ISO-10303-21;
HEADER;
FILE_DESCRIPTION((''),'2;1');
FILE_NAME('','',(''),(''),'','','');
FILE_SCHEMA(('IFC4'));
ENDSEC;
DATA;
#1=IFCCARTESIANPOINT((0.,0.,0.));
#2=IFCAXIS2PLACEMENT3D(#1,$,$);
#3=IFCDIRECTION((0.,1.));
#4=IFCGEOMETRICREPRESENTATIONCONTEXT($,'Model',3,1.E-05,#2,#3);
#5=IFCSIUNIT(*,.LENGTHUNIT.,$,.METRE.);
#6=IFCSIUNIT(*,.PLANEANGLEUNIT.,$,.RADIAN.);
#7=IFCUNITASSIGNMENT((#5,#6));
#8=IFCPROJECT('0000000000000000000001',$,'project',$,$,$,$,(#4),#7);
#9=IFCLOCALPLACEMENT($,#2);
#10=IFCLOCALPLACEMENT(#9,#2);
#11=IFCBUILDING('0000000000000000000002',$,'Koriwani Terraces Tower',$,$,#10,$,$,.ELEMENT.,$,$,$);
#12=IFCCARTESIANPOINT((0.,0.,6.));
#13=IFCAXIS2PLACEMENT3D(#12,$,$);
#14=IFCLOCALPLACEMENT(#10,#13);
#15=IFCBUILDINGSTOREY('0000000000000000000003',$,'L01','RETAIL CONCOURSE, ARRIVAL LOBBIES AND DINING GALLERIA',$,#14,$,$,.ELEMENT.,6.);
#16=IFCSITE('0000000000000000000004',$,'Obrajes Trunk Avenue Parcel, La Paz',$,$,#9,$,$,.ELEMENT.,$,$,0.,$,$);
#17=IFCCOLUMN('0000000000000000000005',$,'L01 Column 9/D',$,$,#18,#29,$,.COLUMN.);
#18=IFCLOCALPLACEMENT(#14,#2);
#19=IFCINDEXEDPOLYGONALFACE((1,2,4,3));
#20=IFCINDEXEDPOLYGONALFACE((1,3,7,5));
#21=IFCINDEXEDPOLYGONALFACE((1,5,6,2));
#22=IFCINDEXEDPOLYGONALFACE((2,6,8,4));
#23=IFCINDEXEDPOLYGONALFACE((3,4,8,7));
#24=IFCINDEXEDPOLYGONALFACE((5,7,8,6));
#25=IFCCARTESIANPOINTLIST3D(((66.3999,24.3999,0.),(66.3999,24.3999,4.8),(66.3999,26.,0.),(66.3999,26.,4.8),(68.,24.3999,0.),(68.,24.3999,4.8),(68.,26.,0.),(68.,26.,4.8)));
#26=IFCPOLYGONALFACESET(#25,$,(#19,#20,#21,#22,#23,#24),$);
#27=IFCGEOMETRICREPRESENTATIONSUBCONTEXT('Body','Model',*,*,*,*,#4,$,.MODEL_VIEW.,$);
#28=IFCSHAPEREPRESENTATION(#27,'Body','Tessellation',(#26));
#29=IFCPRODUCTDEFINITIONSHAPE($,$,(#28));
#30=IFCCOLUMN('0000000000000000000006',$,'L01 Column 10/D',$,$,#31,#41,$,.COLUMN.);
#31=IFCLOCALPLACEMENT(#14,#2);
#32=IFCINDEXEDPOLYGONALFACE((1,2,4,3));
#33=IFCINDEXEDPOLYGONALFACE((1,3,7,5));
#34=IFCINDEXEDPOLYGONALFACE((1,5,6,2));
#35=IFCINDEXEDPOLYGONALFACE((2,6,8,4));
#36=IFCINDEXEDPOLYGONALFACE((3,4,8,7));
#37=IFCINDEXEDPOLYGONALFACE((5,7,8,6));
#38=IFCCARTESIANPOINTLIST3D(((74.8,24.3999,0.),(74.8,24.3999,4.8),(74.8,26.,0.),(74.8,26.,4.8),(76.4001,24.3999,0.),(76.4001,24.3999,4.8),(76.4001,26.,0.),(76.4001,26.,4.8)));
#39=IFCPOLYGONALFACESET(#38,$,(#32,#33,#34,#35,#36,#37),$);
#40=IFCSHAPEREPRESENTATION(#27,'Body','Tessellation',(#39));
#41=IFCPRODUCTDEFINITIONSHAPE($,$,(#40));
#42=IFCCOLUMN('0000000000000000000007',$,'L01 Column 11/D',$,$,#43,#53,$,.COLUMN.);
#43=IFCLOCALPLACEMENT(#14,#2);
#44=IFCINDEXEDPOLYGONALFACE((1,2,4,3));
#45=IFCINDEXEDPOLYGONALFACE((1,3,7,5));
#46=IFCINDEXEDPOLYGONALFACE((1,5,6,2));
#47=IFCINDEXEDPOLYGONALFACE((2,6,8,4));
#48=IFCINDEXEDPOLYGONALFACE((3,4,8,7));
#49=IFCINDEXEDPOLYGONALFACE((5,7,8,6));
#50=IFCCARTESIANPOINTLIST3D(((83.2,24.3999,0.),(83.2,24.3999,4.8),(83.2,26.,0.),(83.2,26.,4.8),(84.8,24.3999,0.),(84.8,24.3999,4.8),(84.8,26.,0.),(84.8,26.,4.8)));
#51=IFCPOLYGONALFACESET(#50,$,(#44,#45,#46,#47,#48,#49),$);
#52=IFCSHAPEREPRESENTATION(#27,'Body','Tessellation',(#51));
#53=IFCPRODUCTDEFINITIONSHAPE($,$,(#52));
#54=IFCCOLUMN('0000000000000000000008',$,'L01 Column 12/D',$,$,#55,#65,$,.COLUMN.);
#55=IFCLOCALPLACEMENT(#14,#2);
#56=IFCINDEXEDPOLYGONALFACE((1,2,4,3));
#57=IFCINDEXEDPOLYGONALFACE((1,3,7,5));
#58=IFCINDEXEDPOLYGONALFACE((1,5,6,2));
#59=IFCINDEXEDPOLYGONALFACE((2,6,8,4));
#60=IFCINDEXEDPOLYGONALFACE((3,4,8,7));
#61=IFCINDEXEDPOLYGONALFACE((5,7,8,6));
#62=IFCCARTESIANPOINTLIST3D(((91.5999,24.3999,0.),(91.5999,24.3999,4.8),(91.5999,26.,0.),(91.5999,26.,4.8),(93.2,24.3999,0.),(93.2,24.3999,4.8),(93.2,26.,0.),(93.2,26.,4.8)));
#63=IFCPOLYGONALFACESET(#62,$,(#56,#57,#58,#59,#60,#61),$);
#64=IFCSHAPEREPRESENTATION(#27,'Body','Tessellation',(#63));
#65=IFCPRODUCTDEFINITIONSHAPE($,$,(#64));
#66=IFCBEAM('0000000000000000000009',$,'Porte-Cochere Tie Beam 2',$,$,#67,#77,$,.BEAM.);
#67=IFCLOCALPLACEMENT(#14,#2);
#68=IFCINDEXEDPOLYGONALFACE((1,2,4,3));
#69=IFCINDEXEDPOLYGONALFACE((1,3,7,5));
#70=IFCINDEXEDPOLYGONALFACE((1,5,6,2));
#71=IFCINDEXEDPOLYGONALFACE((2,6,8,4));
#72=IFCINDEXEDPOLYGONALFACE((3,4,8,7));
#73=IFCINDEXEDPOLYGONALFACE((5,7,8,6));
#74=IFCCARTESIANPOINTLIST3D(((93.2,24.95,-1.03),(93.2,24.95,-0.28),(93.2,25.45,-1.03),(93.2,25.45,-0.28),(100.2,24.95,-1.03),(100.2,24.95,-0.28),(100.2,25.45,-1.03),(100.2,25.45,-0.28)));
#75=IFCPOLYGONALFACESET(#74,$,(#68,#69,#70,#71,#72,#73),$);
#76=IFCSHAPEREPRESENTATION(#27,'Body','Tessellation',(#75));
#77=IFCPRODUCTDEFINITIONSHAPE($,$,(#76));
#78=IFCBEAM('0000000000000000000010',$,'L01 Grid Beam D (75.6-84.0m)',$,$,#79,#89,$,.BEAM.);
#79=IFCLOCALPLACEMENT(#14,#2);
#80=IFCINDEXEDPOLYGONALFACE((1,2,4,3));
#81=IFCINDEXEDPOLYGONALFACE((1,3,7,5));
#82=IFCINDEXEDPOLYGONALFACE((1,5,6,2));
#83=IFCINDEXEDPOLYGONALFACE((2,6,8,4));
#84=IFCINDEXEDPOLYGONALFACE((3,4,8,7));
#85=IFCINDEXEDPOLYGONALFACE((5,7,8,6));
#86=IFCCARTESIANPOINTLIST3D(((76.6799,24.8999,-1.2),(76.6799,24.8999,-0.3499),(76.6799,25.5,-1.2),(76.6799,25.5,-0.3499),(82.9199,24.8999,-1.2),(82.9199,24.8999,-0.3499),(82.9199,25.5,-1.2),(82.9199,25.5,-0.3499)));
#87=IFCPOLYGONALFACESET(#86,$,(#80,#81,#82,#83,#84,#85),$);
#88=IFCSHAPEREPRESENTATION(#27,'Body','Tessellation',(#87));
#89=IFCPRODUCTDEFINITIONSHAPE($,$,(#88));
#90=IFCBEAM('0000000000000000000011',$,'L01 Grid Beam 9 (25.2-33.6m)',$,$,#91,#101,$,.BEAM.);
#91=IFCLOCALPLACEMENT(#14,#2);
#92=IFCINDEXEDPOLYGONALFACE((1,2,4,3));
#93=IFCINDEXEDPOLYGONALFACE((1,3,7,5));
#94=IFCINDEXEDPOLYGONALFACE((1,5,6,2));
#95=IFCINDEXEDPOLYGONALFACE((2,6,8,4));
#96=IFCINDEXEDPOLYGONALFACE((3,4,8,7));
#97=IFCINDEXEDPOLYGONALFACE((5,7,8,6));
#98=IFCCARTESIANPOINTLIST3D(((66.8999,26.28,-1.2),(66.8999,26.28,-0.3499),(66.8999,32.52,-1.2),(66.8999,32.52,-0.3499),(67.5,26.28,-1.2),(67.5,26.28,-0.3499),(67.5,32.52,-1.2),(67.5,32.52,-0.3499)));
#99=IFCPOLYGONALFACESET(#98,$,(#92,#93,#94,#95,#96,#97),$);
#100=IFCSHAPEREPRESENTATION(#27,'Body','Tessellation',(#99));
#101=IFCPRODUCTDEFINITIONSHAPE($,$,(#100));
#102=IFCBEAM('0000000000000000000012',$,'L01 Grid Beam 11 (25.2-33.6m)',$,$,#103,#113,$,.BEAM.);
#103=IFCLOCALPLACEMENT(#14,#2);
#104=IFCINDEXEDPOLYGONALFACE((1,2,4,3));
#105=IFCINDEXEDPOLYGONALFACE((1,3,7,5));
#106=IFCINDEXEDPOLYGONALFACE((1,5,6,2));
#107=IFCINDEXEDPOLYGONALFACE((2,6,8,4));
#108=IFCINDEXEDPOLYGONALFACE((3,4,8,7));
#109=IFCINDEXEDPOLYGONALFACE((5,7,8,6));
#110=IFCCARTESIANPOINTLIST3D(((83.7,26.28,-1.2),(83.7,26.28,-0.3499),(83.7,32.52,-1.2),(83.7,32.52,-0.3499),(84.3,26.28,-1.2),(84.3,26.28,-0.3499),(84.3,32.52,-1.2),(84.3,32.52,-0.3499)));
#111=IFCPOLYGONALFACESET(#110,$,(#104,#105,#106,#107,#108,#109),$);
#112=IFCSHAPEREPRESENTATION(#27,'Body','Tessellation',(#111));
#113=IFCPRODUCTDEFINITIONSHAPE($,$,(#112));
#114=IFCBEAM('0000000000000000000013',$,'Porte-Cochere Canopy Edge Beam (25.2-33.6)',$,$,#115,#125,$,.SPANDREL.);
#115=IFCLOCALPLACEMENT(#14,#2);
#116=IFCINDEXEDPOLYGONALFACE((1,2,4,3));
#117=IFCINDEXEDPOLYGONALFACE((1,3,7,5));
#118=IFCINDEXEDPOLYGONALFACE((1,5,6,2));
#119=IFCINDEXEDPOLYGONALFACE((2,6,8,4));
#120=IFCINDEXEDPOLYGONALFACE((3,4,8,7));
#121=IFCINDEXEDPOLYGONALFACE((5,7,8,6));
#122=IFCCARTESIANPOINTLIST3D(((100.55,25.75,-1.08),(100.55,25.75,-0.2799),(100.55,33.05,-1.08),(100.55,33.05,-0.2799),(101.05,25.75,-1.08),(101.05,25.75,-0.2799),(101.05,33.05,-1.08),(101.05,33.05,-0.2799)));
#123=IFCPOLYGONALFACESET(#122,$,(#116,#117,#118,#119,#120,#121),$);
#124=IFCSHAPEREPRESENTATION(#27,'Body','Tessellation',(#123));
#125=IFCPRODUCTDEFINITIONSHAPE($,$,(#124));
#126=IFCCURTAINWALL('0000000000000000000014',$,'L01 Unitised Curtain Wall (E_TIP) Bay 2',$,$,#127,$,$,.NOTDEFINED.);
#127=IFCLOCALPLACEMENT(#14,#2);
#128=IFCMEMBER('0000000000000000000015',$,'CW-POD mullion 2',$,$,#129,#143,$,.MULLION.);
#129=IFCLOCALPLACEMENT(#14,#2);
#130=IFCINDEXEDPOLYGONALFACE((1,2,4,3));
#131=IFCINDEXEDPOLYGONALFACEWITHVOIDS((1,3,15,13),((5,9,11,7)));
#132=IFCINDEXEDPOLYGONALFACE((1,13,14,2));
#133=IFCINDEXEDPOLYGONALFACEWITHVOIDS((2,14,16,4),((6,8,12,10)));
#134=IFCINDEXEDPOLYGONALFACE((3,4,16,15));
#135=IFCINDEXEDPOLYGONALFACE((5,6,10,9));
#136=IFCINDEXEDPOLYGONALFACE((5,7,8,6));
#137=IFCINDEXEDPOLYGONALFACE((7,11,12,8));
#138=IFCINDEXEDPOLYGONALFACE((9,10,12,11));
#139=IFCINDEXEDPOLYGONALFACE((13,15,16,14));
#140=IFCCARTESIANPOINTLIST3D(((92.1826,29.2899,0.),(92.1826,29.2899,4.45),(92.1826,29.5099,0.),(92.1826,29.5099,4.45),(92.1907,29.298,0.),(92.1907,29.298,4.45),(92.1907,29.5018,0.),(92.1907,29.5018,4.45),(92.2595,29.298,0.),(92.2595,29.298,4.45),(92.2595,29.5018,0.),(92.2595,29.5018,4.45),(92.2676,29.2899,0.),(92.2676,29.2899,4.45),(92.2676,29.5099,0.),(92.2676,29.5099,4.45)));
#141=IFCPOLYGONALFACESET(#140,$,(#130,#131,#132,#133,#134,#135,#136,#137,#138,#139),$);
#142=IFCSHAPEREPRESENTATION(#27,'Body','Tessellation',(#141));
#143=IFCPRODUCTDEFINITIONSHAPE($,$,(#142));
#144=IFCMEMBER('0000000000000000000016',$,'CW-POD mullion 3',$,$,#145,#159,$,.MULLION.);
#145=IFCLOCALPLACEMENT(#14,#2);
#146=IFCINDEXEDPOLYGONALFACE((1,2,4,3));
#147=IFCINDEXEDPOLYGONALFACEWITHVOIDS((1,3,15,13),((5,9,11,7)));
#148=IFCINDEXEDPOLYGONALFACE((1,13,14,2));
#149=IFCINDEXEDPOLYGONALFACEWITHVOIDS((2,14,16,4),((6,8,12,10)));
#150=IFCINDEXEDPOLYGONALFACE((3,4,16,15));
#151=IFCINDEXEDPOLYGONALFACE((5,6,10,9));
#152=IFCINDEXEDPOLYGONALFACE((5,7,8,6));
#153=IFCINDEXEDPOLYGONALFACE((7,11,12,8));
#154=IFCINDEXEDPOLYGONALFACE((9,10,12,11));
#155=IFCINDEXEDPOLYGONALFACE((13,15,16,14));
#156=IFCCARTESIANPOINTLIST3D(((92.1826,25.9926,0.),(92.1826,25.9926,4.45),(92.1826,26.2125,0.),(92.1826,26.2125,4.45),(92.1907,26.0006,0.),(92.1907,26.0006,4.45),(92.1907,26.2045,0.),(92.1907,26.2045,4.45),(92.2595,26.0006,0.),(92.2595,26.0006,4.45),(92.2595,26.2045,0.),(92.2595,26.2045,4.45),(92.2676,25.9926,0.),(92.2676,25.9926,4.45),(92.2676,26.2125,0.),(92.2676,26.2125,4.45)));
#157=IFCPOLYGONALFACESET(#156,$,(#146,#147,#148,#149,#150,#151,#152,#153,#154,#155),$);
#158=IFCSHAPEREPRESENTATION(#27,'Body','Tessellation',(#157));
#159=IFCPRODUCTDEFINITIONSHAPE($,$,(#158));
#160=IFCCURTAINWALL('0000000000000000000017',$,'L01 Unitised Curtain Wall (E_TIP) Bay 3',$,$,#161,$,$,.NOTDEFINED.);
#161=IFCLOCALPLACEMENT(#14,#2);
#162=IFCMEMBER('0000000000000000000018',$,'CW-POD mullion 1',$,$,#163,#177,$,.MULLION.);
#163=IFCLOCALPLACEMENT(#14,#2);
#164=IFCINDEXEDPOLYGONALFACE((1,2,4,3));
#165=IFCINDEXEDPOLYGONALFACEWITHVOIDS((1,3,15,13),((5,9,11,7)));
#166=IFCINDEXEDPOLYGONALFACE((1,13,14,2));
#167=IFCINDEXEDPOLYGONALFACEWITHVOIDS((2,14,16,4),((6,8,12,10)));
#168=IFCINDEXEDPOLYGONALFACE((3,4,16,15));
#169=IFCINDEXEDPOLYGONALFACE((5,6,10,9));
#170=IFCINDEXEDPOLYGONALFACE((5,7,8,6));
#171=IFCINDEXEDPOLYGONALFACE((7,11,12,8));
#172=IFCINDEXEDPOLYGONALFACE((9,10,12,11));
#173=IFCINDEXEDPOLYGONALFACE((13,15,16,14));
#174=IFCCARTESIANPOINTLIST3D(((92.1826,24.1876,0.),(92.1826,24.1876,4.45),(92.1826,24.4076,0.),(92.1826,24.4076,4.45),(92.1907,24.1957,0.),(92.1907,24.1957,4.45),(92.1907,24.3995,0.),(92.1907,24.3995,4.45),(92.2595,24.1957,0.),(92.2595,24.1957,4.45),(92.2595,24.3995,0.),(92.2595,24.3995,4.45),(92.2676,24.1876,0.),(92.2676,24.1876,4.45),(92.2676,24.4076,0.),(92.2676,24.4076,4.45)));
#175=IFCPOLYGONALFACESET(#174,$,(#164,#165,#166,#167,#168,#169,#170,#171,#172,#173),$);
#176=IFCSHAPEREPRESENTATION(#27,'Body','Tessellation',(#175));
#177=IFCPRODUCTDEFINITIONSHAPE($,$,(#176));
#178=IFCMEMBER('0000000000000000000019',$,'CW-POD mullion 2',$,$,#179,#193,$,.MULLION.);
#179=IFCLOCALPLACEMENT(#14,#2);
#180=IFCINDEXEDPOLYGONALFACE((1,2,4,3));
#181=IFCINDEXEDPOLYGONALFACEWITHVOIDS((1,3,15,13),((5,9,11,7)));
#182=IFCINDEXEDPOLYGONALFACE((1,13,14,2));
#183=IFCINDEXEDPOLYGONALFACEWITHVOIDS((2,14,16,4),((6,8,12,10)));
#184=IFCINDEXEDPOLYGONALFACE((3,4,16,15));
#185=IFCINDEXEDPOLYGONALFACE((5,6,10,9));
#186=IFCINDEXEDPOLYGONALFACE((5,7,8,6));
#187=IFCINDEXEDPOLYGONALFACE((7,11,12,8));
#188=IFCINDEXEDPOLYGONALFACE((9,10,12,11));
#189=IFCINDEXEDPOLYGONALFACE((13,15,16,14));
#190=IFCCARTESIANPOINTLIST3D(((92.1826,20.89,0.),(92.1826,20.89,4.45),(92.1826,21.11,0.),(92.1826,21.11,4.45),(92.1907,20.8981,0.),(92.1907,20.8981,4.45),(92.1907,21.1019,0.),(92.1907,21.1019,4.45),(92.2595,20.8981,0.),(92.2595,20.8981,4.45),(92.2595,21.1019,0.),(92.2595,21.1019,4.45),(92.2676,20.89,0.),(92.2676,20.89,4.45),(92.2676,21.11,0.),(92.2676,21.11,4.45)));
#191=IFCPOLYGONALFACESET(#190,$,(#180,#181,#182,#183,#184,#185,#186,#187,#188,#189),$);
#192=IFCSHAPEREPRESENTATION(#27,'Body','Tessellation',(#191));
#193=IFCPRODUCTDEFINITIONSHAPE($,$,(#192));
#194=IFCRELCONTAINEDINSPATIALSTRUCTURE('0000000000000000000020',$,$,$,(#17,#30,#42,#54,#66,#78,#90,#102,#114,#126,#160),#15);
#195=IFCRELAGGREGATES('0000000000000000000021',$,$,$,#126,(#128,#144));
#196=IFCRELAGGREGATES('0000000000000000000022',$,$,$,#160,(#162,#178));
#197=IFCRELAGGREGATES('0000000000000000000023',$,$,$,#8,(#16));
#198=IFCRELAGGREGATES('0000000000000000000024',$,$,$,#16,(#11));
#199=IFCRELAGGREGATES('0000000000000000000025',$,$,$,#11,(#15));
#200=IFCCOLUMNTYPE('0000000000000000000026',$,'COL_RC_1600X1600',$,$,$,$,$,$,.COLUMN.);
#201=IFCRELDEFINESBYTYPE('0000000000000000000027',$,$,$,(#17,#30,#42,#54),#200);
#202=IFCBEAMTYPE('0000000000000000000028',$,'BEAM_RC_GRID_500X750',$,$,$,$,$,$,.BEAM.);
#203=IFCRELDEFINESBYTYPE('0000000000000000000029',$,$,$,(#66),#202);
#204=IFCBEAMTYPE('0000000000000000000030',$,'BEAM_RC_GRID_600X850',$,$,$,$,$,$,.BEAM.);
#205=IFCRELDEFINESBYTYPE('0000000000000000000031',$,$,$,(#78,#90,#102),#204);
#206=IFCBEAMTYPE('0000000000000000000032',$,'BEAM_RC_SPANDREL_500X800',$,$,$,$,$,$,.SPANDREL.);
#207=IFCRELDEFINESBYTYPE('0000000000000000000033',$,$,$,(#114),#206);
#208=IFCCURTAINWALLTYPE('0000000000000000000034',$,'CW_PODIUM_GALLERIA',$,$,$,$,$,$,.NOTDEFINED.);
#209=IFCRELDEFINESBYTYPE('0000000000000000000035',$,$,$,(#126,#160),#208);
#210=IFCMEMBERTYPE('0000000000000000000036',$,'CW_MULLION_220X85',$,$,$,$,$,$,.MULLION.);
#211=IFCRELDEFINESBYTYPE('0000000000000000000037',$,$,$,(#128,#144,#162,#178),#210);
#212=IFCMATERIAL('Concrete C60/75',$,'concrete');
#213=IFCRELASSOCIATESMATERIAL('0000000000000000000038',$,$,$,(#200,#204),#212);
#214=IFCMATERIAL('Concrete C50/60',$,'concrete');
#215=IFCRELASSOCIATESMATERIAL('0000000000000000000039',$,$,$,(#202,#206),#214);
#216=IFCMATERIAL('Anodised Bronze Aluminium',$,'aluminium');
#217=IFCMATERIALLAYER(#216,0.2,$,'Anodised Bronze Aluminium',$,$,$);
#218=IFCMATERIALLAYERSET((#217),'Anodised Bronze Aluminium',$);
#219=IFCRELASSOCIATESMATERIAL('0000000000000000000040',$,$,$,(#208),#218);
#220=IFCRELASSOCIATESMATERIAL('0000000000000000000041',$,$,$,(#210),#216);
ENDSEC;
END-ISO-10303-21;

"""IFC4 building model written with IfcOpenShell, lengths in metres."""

from ifc_helpers import new_model, si_unit, direction, frame, origin, origin_2d, place, context, subcontext, project, spatial, rectangle, hollow_rectangle, extrude, material, layer, layer_set, material_profile, profile_set, type_object, element, aggregate, save


model = new_model("IFC4")

# Units and contexts
model_context = context("Model", 3, precision=1e-05, world=origin(), true_north=direction((0.0, 1.0)))
body_context = subcontext(model_context, "Body", "Model", "MODEL_VIEW")
ifc_project = project(units=[si_unit("LENGTHUNIT", "METRE"), si_unit("PLANEANGLEUNIT", "RADIAN")], contexts=[model_context])

# Site, building, storey
site_placement = place(None, origin())
site = spatial("IfcSite", under=ifc_project, at=site_placement, Name="Obrajes Trunk Avenue Parcel, La Paz", CompositionType="ELEMENT", RefElevation=0.0)
building_placement = place(site_placement, origin())
building = spatial("IfcBuilding", under=site, at=building_placement, Name="Koriwani Terraces Tower", CompositionType="ELEMENT")
storey_placement = place(building_placement, frame((0.0, 0.0, 6.0)))
storey = spatial("IfcBuildingStorey", under=building, at=storey_placement, Name="L01", Description="RETAIL CONCOURSE, ARRIVAL LOBBIES AND DINING GALLERIA", CompositionType="ELEMENT", Elevation=6.0)

# Columns
ifc_material_1 = material(Name="Concrete C60/75", Category="concrete")
ifc_material_profile_1 = material_profile(ifc_material_1, rectangle(XDim=1.6001, YDim=1.6001, at=origin_2d()), Name="Concrete C60/75", Category="LoadBearing")
ifc_profile_set_1 = profile_set([ifc_material_profile_1], Name="Concrete C60/75")
column_type = type_object("IfcColumnType", Name="COL_RC_1600X1600", PredefinedType="COLUMN", material=ifc_profile_set_1)
for number, where, z_axis, x_axis, name in (
    (1, (67.2, 25.2, 0.0), (0.0, 0.0, 1.0), (1.0, 0.0, 0.0), "L01 Column 9/D"),
    (2, (75.6001, 25.2, 0.0), (0.0, 0.0, 1.0), (1.0, 0.0, 0.0), "L01 Column 10/D"),
    (3, (84.0, 25.2, 0.0), (0.0, 0.0, 1.0), (1.0, 0.0, 0.0), "L01 Column 11/D"),
    (4, (92.3999, 25.2, 0.0), (0.0, 0.0, 1.0), (1.0, 0.0, 0.0), "L01 Column 12/D"),
):
    element("IfcColumn", number, at=place(storey_placement, frame(where, z_axis=z_axis, x_axis=x_axis)), inside=storey, type_object=column_type, Name=name, PredefinedType="COLUMN", context=body_context, shape_type="SweptSolid", body=[
        extrude(rectangle(XDim=1.6001, YDim=1.6001, at=origin_2d()), origin(), (0.0, 0.0, 1.0), 4.8),
    ])

# Beams
ifc_material_2 = material(Name="Concrete C50/60", Category="concrete")
ifc_material_profile_2 = material_profile(ifc_material_2, rectangle(XDim=0.5, YDim=0.75, at=origin_2d()), Name="Concrete C50/60", Category="LoadBearing")
ifc_profile_set_2 = profile_set([ifc_material_profile_2], Name="Concrete C50/60")
beam_type_1 = type_object("IfcBeamType", Name="BEAM_RC_GRID_500X750", PredefinedType="BEAM", material=ifc_profile_set_2)
beam_1_placement = place(storey_placement, frame((93.2, 25.2, -0.655), z_axis=(1.0, 0.0, 0.0), x_axis=(0.0, 1.0, 0.0)))
element("IfcBeam", 5, at=beam_1_placement, inside=storey, type_object=beam_type_1, Name="Porte-Cochere Tie Beam 2", PredefinedType="BEAM", context=body_context, shape_type="SweptSolid", body=[
    extrude(rectangle(XDim=0.5, YDim=0.75, at=origin_2d()), origin(), (0.0, 0.0, 1.0), 7.0),
])
ifc_material_profile_3 = material_profile(ifc_material_1, rectangle(XDim=0.6001, YDim=0.8501, at=origin_2d()), Name="Concrete C60/75", Category="LoadBearing")
ifc_profile_set_3 = profile_set([ifc_material_profile_3], Name="Concrete C60/75")
beam_type_2 = type_object("IfcBeamType", Name="BEAM_RC_GRID_600X850", PredefinedType="BEAM", material=ifc_profile_set_3)
for number, where, z_axis, x_axis, name in (
    (6, (76.6799, 25.2, -0.7749), (1.0, 0.0, 0.0), (0.0, 1.0, 0.0), "L01 Grid Beam D (75.6-84.0m)"),
    (7, (67.2, 26.28, -0.7749), (0.0, 1.0, 0.0), (-1.0, 0.0, 0.0), "L01 Grid Beam 9 (25.2-33.6m)"),
    (8, (84.0, 26.28, -0.7749), (0.0, 1.0, 0.0), (-1.0, 0.0, 0.0), "L01 Grid Beam 11 (25.2-33.6m)"),
):
    element("IfcBeam", number, at=place(storey_placement, frame(where, z_axis=z_axis, x_axis=x_axis)), inside=storey, type_object=beam_type_2, Name=name, PredefinedType="BEAM", context=body_context, shape_type="SweptSolid", body=[
        extrude(rectangle(XDim=0.6001, YDim=0.8501, at=origin_2d()), origin(), (0.0, 0.0, 1.0), 6.24),
    ])
ifc_material_profile_4 = material_profile(ifc_material_2, rectangle(XDim=0.5, YDim=0.8, at=origin_2d()), Name="Concrete C50/60", Category="LoadBearing")
ifc_profile_set_4 = profile_set([ifc_material_profile_4], Name="Concrete C50/60")
beam_type_3 = type_object("IfcBeamType", Name="BEAM_RC_SPANDREL_500X800", PredefinedType="SPANDREL", material=ifc_profile_set_4)
beam_2_placement = place(storey_placement, frame((100.8, 25.75, -0.6799), z_axis=(0.0, 1.0, 0.0), x_axis=(-1.0, 0.0, 0.0)))
element("IfcBeam", 9, at=beam_2_placement, inside=storey, type_object=beam_type_3, Name="Porte-Cochere Canopy Edge Beam (25.2-33.6)", PredefinedType="SPANDREL", context=body_context, shape_type="SweptSolid", body=[
    extrude(rectangle(XDim=0.5, YDim=0.8, at=origin_2d()), origin(), (0.0, 0.0, 1.0), 7.3),
])

# Curtain walls, members
ifc_material_3 = material(Name="Anodised Bronze Aluminium", Category="aluminium")
ifc_layer_1 = layer(ifc_material_3, 0.2, Name="Anodised Bronze Aluminium")
ifc_layer_set_1 = layer_set([ifc_layer_1], Name="Anodised Bronze Aluminium")
curtain_wall_type = type_object("IfcCurtainWallType", Name="CW_PODIUM_GALLERIA", PredefinedType="NOTDEFINED", material=ifc_layer_set_1)
curtain_wall_1_placement = place(storey_placement, origin())
curtain_wall_1 = element("IfcCurtainWall", 10, at=curtain_wall_1_placement, inside=storey, type_object=curtain_wall_type, Name="L01 Unitised Curtain Wall (E_TIP) Bay 2", PredefinedType="NOTDEFINED")
ifc_material_profile_5 = material_profile(ifc_material_3, hollow_rectangle(XDim=0.085, YDim=0.22, WallThickness=0.0081, at=origin_2d()), Name="Anodised Bronze Aluminium", Category="LoadBearing")
ifc_profile_set_5 = profile_set([ifc_material_profile_5], Name="Anodised Bronze Aluminium")
member_type_1 = type_object("IfcMemberType", Name="CW_MULLION_220X85", PredefinedType="MULLION", material=ifc_profile_set_5)
member_1_placement = place(storey_placement, frame((92.2251, 29.3999, 0.0), z_axis=(0.0, 0.0, 1.0), x_axis=(1.0, 0.0, 0.0)))
member_1 = element("IfcMember", 11, at=member_1_placement, type_object=member_type_1, Name="CW-POD mullion 2", PredefinedType="MULLION", context=body_context, shape_type="SweptSolid", body=[
    extrude(hollow_rectangle(XDim=0.085, YDim=0.22, WallThickness=0.0081, at=origin_2d()), origin(), (0.0, 0.0, 1.0), 4.45),
])
member_2_placement = place(storey_placement, frame((92.2251, 26.1025, 0.0), z_axis=(0.0, 0.0, 1.0), x_axis=(1.0, 0.0, 0.0)))
member_2 = element("IfcMember", 12, at=member_2_placement, type_object=member_type_1, Name="CW-POD mullion 3", PredefinedType="MULLION", context=body_context, shape_type="SweptSolid", body=[
    extrude(hollow_rectangle(XDim=0.085, YDim=0.22, WallThickness=0.0081, at=origin_2d()), origin(), (0.0, 0.0, 1.0), 4.45),
])
curtain_wall_2_placement = place(storey_placement, origin())
curtain_wall_2 = element("IfcCurtainWall", 13, at=curtain_wall_2_placement, inside=storey, type_object=curtain_wall_type, Name="L01 Unitised Curtain Wall (E_TIP) Bay 3", PredefinedType="NOTDEFINED")
member_3_placement = place(storey_placement, frame((92.2251, 24.2976, 0.0), z_axis=(0.0, 0.0, 1.0), x_axis=(1.0, 0.0, 0.0)))
member_3 = element("IfcMember", 14, at=member_3_placement, type_object=member_type_1, Name="CW-POD mullion 1", PredefinedType="MULLION", context=body_context, shape_type="SweptSolid", body=[
    extrude(hollow_rectangle(XDim=0.085, YDim=0.22, WallThickness=0.0081, at=origin_2d()), origin(), (0.0, 0.0, 1.0), 4.45),
])
member_4_placement = place(storey_placement, frame((92.2251, 21.0, 0.0), z_axis=(0.0, 0.0, 1.0), x_axis=(1.0, 0.0, 0.0)))
member_4 = element("IfcMember", 15, at=member_4_placement, type_object=member_type_1, Name="CW-POD mullion 2", PredefinedType="MULLION", context=body_context, shape_type="SweptSolid", body=[
    extrude(hollow_rectangle(XDim=0.085, YDim=0.22, WallThickness=0.0081, at=origin_2d()), origin(), (0.0, 0.0, 1.0), 4.45),
])

aggregate(curtain_wall_1, [member_1, member_2])
aggregate(curtain_wall_2, [member_3, member_4])

save(model, "model.ifc")
